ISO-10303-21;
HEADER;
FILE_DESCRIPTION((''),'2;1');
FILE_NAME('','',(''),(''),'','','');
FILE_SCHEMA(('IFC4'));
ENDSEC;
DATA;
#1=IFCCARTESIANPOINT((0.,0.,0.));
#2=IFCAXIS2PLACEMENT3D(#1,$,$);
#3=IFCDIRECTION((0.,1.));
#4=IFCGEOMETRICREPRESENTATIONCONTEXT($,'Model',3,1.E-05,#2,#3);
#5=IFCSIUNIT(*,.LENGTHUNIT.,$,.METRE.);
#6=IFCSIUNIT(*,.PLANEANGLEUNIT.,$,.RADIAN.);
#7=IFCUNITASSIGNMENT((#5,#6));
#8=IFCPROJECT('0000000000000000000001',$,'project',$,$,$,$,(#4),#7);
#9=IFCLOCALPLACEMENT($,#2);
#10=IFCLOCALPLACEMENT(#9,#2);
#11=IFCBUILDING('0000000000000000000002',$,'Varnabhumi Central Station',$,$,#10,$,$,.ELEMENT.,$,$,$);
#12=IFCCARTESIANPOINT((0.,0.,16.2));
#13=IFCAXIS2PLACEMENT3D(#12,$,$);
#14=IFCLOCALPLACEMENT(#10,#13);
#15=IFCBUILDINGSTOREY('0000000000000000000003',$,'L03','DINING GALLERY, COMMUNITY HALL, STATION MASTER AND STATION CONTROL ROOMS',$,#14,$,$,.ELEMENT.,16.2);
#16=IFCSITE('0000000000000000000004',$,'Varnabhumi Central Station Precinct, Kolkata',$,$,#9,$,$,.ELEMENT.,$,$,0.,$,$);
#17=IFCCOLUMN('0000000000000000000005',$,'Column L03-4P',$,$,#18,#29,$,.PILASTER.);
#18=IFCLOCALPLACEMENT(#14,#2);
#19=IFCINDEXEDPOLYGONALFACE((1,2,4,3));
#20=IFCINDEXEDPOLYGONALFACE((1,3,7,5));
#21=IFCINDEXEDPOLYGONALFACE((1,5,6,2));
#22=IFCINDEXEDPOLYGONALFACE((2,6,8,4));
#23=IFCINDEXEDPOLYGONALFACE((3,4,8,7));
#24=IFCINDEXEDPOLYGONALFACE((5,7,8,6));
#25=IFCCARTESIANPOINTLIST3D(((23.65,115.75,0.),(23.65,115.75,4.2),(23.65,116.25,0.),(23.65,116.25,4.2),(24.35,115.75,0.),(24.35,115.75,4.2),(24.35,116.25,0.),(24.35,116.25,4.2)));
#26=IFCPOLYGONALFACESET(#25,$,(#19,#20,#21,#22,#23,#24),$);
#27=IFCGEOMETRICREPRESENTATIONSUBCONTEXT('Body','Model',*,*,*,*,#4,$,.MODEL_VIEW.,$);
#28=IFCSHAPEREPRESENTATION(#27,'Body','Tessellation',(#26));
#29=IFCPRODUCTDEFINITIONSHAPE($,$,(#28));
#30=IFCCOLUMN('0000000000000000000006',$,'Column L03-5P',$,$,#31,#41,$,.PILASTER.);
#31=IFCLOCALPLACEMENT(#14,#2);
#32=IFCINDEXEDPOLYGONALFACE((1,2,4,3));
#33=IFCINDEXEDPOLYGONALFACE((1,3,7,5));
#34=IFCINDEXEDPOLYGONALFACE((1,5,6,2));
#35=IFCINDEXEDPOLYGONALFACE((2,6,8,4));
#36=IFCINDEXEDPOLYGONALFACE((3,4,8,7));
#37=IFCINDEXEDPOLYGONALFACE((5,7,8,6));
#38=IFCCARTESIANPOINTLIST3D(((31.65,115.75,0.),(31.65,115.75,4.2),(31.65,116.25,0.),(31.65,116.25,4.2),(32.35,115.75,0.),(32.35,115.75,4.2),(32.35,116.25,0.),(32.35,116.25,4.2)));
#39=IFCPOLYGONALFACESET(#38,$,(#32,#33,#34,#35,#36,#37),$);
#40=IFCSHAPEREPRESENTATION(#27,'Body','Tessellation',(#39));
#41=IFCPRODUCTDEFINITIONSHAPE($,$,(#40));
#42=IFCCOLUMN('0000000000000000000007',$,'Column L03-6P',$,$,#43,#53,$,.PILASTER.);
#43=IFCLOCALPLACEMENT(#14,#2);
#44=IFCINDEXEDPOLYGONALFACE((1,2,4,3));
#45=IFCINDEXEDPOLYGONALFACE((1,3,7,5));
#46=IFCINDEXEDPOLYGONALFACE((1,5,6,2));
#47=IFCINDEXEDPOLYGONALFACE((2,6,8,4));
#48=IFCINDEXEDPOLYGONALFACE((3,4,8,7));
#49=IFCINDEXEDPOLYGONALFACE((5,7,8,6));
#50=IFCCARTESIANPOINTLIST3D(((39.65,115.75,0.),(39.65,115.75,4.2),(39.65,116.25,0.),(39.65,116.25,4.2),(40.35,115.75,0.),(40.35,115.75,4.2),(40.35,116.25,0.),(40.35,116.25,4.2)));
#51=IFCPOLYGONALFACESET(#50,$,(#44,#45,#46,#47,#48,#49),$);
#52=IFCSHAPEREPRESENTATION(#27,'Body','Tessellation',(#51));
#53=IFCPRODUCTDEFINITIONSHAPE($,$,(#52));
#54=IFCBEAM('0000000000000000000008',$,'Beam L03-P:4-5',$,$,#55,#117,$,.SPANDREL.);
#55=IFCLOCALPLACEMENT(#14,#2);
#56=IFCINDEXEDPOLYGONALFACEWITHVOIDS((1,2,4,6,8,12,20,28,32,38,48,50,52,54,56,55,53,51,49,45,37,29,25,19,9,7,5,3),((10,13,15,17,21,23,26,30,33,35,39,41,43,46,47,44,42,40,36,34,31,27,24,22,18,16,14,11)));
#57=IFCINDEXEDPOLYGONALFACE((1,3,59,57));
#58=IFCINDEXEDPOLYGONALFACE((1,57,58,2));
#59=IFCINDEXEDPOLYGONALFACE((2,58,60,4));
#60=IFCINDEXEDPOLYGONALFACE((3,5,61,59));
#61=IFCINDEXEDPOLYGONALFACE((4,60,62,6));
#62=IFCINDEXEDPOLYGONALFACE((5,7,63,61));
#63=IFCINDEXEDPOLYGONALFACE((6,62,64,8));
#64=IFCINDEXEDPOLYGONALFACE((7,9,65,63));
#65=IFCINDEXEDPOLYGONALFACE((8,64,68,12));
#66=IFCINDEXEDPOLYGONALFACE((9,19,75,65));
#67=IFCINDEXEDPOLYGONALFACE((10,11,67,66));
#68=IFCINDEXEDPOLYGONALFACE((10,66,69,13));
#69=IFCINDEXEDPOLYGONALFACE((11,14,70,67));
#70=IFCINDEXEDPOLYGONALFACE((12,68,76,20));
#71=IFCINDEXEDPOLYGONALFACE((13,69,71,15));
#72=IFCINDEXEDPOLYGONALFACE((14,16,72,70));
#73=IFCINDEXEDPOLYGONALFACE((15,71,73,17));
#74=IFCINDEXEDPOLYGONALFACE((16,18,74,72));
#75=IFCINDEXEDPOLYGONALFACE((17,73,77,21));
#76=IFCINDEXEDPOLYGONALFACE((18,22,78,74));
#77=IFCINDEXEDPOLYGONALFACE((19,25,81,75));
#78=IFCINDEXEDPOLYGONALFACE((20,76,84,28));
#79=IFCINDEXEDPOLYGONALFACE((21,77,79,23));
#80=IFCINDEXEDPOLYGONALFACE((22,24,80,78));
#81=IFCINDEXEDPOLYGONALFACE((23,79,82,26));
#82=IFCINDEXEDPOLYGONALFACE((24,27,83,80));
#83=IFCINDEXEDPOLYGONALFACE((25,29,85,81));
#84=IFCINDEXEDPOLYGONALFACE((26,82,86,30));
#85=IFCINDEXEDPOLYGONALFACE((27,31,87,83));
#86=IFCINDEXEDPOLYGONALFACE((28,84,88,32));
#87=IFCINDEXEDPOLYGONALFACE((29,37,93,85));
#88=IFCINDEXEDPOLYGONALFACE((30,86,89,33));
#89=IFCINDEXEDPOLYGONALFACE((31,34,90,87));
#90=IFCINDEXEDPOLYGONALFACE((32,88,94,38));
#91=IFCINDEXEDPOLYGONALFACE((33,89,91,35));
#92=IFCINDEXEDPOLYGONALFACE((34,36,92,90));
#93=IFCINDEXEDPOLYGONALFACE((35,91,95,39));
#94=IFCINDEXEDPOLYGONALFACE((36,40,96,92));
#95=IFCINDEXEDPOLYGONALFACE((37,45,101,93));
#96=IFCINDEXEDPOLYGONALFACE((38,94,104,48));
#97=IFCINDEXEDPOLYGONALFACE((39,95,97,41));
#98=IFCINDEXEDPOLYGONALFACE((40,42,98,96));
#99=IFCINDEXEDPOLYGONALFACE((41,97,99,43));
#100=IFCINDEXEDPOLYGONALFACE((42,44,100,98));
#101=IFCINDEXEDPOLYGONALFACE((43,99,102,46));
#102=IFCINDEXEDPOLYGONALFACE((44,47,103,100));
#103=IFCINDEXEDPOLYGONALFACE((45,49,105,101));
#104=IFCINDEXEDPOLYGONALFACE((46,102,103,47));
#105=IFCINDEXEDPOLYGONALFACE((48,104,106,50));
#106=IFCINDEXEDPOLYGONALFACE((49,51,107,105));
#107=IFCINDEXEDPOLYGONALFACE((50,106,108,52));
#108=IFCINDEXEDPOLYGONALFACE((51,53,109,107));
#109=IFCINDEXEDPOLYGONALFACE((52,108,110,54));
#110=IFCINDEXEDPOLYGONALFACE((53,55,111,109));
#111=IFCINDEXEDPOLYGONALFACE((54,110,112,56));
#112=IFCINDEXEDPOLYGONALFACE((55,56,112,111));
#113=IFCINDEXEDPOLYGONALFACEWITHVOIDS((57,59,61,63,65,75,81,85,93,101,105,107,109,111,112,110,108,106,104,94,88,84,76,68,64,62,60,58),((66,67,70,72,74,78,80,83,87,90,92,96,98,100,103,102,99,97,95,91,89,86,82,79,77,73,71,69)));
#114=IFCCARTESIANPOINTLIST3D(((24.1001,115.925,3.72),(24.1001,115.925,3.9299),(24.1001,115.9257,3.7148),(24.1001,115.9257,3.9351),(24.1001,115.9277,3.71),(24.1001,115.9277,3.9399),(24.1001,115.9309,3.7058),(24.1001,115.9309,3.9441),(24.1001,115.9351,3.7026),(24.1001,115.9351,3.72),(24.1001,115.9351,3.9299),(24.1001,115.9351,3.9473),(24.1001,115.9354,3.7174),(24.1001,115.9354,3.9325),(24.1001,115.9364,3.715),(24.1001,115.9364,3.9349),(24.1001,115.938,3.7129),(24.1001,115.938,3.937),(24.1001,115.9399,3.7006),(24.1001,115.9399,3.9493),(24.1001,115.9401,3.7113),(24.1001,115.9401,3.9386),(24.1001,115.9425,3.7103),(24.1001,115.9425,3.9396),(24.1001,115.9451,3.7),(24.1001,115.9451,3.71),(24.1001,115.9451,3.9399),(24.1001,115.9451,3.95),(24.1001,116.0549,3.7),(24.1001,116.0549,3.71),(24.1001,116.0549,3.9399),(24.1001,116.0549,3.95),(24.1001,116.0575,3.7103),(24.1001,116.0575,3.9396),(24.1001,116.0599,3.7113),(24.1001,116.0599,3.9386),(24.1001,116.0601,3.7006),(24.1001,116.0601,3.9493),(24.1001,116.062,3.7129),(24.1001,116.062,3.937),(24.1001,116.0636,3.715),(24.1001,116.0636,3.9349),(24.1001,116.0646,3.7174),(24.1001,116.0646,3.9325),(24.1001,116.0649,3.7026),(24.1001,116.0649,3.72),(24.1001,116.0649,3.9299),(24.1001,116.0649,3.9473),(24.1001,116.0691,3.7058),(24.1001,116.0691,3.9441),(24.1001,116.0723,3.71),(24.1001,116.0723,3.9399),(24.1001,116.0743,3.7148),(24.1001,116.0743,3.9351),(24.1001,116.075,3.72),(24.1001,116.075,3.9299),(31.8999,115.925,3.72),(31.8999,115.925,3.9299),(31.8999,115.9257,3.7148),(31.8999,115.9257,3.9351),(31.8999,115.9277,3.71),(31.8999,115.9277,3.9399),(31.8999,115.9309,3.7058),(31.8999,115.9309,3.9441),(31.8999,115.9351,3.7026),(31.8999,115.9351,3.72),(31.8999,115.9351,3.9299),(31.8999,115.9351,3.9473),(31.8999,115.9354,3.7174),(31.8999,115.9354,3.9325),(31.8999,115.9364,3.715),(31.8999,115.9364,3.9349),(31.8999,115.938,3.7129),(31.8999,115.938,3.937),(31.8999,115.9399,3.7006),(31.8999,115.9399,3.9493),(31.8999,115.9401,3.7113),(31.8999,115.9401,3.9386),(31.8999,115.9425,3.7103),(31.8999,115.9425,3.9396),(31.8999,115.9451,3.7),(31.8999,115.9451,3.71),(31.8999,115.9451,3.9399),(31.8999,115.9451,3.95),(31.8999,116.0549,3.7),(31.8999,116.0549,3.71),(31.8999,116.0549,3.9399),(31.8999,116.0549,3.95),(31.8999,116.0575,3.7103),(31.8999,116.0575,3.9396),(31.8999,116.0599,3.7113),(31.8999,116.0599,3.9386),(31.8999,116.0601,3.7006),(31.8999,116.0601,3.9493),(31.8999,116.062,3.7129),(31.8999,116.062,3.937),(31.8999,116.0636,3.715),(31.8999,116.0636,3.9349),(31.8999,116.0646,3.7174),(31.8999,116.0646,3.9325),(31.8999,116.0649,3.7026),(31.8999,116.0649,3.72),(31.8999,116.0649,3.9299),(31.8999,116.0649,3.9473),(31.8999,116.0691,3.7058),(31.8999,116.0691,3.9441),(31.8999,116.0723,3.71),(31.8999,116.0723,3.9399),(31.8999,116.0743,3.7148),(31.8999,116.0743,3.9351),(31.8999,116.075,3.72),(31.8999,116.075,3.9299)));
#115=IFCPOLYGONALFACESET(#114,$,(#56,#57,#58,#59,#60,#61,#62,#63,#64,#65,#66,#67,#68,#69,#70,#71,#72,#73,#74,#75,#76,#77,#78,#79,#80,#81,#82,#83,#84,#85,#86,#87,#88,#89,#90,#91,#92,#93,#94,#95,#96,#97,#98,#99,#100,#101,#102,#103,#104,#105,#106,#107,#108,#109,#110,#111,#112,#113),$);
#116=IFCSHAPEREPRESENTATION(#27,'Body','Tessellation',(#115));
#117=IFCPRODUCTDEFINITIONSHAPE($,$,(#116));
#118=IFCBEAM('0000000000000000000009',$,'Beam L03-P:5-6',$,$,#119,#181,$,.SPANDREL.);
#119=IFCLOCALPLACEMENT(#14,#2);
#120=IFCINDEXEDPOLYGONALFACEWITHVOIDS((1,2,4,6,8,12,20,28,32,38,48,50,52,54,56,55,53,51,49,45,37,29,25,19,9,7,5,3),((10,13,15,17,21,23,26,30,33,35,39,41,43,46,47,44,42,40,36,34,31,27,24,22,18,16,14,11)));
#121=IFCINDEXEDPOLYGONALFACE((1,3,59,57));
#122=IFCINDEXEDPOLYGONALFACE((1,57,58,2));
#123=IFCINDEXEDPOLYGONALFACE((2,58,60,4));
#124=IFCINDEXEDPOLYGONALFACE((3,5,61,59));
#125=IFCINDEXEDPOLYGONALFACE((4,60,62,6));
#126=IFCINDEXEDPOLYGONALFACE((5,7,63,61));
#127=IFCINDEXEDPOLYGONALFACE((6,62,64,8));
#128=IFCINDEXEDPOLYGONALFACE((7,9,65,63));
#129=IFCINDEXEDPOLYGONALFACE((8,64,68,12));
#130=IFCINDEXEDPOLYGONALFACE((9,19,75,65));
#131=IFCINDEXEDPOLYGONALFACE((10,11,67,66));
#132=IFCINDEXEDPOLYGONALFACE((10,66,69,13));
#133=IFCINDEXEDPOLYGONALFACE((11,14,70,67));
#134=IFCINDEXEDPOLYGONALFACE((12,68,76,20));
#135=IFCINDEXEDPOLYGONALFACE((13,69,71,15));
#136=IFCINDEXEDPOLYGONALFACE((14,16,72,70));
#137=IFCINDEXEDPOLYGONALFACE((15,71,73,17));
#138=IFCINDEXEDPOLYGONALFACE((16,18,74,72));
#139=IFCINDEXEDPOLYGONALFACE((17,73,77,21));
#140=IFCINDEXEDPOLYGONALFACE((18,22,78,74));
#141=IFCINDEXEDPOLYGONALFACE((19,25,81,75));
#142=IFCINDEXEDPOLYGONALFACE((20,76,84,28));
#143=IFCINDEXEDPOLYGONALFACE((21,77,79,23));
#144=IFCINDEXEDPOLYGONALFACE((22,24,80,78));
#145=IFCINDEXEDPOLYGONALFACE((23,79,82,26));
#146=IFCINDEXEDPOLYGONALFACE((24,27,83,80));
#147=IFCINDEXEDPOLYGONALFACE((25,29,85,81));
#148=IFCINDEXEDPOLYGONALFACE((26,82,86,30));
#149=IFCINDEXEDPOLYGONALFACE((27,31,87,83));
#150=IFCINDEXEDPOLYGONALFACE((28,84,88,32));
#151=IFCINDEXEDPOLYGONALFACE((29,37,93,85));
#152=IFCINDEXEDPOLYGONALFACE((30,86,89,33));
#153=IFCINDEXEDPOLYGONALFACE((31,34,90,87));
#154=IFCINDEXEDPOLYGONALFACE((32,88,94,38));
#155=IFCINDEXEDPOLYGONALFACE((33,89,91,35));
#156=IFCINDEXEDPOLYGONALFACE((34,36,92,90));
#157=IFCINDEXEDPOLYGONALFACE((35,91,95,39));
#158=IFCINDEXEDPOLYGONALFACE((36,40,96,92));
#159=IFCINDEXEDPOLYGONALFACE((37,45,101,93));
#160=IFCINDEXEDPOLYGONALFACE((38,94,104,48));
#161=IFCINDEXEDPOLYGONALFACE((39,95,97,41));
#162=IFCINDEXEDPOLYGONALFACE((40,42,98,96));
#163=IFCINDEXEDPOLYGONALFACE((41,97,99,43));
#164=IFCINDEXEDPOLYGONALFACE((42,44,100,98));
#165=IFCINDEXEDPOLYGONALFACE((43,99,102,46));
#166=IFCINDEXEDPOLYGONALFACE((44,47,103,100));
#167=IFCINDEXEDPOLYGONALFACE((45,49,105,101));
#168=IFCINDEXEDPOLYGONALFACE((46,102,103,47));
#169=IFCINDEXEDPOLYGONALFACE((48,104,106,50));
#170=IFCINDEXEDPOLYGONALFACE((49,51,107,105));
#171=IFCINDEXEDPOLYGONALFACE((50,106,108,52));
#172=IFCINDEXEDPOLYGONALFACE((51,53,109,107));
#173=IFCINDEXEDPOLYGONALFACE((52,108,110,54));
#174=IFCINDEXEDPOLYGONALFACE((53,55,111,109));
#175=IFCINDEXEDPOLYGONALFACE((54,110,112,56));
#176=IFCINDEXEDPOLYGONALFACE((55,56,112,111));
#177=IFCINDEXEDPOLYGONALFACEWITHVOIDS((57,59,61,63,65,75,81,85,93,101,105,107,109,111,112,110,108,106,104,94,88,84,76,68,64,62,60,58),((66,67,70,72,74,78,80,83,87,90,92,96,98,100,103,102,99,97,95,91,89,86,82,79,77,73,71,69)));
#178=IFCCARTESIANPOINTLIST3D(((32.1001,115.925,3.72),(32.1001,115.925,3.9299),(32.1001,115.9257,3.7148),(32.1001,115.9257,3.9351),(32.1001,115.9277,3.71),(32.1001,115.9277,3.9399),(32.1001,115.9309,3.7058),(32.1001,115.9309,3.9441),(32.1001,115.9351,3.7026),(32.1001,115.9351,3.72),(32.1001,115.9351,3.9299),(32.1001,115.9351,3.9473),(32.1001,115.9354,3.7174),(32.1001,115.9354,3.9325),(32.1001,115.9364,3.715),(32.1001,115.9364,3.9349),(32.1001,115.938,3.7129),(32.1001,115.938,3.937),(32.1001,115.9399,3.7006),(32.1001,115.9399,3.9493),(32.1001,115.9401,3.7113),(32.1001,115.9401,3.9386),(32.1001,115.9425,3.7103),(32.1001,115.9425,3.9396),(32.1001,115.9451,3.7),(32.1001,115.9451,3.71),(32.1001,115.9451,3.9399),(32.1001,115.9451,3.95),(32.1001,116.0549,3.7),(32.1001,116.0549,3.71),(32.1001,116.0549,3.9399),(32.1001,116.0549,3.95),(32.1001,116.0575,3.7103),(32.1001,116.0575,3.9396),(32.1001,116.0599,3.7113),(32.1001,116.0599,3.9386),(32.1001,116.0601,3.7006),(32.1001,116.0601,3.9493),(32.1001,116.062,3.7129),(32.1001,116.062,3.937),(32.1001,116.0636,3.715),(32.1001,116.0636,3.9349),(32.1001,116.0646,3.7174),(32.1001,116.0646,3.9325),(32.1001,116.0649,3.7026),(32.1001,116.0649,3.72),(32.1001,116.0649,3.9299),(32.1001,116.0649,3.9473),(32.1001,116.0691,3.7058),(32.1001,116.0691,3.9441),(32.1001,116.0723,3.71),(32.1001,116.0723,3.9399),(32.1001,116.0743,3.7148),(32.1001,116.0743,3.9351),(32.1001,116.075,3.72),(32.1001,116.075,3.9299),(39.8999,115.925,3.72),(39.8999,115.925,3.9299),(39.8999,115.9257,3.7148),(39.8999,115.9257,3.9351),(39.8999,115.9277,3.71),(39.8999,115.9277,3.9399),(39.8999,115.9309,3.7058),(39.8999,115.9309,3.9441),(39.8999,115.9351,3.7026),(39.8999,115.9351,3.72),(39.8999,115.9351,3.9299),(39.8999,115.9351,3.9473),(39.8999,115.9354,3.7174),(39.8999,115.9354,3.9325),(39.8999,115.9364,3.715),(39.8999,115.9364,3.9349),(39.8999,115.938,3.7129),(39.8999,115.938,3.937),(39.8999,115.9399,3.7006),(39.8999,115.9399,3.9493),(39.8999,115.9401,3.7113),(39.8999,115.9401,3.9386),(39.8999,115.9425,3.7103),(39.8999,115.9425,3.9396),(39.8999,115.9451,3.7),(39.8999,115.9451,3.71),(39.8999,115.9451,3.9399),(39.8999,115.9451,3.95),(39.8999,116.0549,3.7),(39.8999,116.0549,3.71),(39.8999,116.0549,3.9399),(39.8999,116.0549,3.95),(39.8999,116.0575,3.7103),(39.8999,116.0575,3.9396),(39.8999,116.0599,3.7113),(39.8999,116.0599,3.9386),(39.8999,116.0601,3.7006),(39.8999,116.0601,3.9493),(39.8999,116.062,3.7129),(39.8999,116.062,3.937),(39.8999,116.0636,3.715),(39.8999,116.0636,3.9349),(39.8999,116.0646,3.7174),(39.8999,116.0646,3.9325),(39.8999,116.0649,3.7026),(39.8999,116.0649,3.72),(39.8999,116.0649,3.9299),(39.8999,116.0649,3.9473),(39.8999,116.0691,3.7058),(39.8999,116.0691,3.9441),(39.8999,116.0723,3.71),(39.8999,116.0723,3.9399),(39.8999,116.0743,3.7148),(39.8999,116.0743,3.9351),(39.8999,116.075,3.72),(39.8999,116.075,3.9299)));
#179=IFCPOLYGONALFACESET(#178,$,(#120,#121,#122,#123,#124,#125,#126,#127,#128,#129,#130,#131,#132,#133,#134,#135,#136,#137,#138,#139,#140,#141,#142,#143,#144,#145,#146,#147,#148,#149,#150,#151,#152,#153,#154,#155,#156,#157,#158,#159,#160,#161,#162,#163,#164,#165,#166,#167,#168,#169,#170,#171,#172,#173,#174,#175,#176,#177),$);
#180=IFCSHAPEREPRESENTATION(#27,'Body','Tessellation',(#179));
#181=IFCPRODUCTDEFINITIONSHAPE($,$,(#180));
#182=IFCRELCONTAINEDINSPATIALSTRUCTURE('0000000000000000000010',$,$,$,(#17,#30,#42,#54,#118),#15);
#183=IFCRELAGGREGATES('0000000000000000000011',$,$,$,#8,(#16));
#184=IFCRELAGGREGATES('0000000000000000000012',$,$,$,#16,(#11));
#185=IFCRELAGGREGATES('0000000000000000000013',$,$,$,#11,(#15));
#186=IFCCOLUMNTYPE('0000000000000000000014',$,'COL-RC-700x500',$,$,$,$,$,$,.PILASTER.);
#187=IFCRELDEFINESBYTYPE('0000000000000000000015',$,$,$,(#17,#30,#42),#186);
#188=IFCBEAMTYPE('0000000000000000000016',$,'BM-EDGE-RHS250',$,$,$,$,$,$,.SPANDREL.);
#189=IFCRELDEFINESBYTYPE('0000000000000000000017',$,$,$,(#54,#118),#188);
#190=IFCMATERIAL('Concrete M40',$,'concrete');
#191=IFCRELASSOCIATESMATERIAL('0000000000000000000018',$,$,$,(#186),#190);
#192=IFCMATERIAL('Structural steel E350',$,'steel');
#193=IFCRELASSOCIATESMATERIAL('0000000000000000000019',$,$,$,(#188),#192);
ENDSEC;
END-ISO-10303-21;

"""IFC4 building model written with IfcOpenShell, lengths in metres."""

from ifc_helpers import new_model, si_unit, direction, frame, origin, origin_2d, place, context, subcontext, project, spatial, rectangle, hollow_rectangle, extrude, material, material_profile, profile_set, type_object, element, save


model = new_model("IFC4")

# Units and contexts
model_context = context("Model", 3, precision=1e-05, world=origin(), true_north=direction((0.0, 1.0)))
body_context = subcontext(model_context, "Body", "Model", "MODEL_VIEW")
ifc_project = project(units=[si_unit("LENGTHUNIT", "METRE"), si_unit("PLANEANGLEUNIT", "RADIAN")], contexts=[model_context])

# Site, building, storey
site_placement = place(None, origin())
site = spatial("IfcSite", under=ifc_project, at=site_placement, Name="Varnabhumi Central Station Precinct, Kolkata", CompositionType="ELEMENT", RefElevation=0.0)
building_placement = place(site_placement, origin())
building = spatial("IfcBuilding", under=site, at=building_placement, Name="Varnabhumi Central Station", CompositionType="ELEMENT")
storey_placement = place(building_placement, frame((0.0, 0.0, 16.2)))
storey = spatial("IfcBuildingStorey", under=building, at=storey_placement, Name="L03", Description="DINING GALLERY, COMMUNITY HALL, STATION MASTER AND STATION CONTROL ROOMS", CompositionType="ELEMENT", Elevation=16.2)

# Columns
ifc_material_1 = material(Name="Concrete M40", Category="concrete")
ifc_material_profile_1 = material_profile(ifc_material_1, rectangle(XDim=0.7, YDim=0.5, at=origin_2d()), Name="Concrete M40", Category="concrete")
ifc_profile_set_1 = profile_set([ifc_material_profile_1], Name="Concrete M40")
column_type = type_object("IfcColumnType", Name="COL-RC-700x500", PredefinedType="PILASTER", material=ifc_profile_set_1)
for number, where, z_axis, x_axis, name in (
    (1, (24.0, 116.0, 0.0), (0.0, 0.0, 1.0), (1.0, 0.0, 0.0), "Column L03-4P"),
    (2, (32.0, 116.0, 0.0), (0.0, 0.0, 1.0), (1.0, 0.0, 0.0), "Column L03-5P"),
    (3, (40.0, 116.0, 0.0), (0.0, 0.0, 1.0), (1.0, 0.0, 0.0), "Column L03-6P"),
):
    element("IfcColumn", number, at=place(storey_placement, frame(where, z_axis=z_axis, x_axis=x_axis)), inside=storey, type_object=column_type, Name=name, PredefinedType="PILASTER", context=body_context, shape_type="SweptSolid", body=[
        extrude(rectangle(XDim=0.7, YDim=0.5, at=origin_2d()), origin(), (0.0, 0.0, 1.0), 4.2),
    ])

# Beams
ifc_material_2 = material(Name="Structural steel E350", Category="steel")
ifc_material_profile_2 = material_profile(ifc_material_2, hollow_rectangle(XDim=0.1499, YDim=0.25, WallThickness=0.01, InnerFilletRadius=0.01, OuterFilletRadius=0.02, at=origin_2d()), Name="Structural steel E350", Category="steel")
ifc_profile_set_2 = profile_set([ifc_material_profile_2], Name="Structural steel E350")
beam_type = type_object("IfcBeamType", Name="BM-EDGE-RHS250", PredefinedType="SPANDREL", material=ifc_profile_set_2)
for number, where, z_axis, x_axis, name in (
    (4, (24.1001, 116.0, 3.825), (1.0, 0.0, 0.0), (0.0, 1.0, 0.0), "Beam L03-P:4-5"),
    (5, (32.1001, 116.0, 3.825), (1.0, 0.0, 0.0), (0.0, 1.0, 0.0), "Beam L03-P:5-6"),
):
    element("IfcBeam", number, at=place(storey_placement, frame(where, z_axis=z_axis, x_axis=x_axis)), inside=storey, type_object=beam_type, Name=name, PredefinedType="SPANDREL", context=body_context, shape_type="SweptSolid", body=[
        extrude(hollow_rectangle(XDim=0.1499, YDim=0.25, WallThickness=0.01, InnerFilletRadius=0.01, OuterFilletRadius=0.02, at=origin_2d()), origin(), (0.0, 0.0, 1.0), 7.7998),
    ])

save(model, "model.ifc")
